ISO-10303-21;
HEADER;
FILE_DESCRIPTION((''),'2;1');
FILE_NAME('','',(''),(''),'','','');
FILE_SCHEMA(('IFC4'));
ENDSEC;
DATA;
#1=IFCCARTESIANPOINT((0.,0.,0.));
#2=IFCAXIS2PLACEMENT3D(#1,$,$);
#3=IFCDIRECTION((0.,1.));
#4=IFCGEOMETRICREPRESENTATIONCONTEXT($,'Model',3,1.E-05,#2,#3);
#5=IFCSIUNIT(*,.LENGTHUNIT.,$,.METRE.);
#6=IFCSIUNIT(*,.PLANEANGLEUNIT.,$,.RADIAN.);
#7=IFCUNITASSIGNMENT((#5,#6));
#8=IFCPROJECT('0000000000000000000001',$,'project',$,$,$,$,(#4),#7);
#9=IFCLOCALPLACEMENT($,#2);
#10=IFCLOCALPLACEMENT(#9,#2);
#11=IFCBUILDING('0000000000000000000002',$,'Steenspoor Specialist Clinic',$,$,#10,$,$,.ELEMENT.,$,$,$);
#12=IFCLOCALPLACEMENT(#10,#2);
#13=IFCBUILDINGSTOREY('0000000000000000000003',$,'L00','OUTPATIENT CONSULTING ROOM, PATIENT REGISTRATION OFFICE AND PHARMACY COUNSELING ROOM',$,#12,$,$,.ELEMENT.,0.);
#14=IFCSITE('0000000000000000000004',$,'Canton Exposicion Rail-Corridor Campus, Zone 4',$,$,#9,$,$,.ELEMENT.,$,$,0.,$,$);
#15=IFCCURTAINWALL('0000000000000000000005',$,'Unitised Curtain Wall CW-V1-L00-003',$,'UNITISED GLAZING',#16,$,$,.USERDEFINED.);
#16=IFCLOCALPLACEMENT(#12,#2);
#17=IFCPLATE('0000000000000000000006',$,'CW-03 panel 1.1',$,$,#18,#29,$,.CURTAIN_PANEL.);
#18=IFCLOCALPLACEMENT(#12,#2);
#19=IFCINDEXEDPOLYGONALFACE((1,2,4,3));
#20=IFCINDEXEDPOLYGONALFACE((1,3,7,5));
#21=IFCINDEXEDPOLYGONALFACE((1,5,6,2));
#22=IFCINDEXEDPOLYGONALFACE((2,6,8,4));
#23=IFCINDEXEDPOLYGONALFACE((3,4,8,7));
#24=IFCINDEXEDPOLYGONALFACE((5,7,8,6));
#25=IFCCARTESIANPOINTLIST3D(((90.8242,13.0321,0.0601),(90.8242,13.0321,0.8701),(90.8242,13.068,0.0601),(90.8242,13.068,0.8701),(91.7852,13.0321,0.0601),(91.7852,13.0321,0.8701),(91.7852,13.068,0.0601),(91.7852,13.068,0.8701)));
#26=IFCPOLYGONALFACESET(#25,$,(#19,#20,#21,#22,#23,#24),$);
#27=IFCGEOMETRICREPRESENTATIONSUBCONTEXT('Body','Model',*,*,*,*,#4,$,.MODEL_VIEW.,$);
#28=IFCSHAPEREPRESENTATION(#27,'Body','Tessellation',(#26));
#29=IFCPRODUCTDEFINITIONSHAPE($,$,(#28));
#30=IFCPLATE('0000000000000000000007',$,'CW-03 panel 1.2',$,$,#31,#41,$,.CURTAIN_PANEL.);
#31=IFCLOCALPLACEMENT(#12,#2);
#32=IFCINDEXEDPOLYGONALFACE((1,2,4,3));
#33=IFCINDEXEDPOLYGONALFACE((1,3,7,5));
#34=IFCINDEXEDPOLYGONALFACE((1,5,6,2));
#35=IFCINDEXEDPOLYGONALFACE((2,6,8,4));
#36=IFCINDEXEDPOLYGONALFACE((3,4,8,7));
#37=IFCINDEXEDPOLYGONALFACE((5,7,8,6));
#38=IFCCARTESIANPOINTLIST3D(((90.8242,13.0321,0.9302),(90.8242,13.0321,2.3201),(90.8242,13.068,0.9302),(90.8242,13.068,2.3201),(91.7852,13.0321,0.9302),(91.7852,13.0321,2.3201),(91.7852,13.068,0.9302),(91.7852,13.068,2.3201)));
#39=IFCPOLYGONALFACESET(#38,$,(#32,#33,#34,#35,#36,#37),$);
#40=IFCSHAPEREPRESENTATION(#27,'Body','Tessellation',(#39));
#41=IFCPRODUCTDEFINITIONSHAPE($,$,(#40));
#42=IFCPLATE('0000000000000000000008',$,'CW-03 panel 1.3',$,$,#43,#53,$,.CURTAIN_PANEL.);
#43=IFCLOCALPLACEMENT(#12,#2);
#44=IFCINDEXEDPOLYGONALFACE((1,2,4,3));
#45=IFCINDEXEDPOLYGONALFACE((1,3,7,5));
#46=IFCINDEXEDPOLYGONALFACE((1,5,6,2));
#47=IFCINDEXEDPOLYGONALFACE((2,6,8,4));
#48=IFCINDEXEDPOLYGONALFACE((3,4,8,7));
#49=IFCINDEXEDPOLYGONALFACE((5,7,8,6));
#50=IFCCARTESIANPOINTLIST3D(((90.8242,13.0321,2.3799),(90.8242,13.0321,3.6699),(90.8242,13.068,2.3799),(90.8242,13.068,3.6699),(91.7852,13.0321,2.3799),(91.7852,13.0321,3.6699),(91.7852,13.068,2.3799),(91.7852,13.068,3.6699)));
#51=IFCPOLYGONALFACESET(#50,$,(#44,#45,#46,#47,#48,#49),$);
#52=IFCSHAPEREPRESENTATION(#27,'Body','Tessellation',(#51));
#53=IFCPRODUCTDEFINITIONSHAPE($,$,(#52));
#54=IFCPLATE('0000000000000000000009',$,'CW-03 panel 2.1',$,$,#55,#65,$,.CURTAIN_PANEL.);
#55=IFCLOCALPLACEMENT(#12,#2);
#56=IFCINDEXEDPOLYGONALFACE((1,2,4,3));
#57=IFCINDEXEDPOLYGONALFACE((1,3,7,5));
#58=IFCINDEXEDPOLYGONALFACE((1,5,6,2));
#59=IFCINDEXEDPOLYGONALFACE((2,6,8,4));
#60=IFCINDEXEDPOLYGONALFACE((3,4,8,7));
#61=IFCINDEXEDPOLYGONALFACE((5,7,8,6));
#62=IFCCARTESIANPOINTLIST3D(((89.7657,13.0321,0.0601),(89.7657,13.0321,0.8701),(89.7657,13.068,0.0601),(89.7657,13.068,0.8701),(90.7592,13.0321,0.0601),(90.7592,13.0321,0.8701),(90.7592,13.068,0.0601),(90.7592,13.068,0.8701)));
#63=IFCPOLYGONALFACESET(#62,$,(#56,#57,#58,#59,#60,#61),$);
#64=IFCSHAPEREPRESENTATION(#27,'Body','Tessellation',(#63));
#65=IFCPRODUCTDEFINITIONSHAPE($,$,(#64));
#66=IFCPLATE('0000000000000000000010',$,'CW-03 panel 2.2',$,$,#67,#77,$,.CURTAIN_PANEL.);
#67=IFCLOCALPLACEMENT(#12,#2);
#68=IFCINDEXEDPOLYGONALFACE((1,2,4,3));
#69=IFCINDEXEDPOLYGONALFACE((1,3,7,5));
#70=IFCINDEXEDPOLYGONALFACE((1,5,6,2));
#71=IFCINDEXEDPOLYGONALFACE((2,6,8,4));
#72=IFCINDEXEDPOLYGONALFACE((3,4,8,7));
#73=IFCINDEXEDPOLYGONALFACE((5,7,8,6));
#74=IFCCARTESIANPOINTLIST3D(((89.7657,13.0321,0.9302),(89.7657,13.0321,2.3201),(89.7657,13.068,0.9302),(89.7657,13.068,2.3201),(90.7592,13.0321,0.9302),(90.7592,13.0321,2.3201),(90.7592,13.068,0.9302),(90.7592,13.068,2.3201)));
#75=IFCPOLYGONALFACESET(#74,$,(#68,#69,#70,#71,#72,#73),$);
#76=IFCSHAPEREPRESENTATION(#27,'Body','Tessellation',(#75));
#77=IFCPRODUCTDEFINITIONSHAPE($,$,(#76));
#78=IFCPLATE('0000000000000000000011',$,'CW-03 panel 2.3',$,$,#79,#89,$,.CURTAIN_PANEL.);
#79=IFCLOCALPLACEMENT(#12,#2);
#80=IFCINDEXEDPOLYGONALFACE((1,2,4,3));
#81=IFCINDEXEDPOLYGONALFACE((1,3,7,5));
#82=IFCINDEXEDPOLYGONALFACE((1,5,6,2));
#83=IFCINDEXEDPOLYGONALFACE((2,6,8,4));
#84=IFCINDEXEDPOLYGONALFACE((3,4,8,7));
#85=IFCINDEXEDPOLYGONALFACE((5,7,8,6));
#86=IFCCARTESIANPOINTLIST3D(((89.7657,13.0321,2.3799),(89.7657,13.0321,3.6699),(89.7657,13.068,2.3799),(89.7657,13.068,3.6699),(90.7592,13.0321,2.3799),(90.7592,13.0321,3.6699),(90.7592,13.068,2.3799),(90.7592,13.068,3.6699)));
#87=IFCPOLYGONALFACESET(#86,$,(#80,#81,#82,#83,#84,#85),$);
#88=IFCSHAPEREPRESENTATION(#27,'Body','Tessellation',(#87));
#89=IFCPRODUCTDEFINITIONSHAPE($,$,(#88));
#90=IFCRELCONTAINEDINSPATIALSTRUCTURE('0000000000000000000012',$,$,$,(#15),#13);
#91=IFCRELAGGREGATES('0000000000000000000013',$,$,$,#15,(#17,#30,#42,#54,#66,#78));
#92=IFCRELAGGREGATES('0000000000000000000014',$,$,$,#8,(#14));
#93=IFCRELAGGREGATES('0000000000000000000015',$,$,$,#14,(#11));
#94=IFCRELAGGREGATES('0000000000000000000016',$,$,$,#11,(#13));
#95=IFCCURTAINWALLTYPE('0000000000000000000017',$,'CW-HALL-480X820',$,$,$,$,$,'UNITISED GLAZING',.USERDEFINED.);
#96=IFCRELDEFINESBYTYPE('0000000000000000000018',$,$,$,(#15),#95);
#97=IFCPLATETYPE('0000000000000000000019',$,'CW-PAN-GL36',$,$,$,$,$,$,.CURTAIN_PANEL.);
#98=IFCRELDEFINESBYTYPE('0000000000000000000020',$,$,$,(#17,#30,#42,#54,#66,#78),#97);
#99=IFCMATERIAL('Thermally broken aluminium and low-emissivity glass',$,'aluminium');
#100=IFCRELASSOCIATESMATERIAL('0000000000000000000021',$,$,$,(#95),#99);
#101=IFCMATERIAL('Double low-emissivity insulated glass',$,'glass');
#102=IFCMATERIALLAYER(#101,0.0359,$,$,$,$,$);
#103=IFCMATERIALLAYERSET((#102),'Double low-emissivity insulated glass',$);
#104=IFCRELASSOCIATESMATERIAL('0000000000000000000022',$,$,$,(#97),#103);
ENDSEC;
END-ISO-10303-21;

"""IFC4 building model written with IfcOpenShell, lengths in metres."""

from ifc_helpers import new_model, si_unit, direction, frame, origin, origin_2d, place, context, subcontext, project, spatial, rectangle, extrude, material, layer, layer_set, type_object, element, aggregate, save


model = new_model("IFC4")

# Units and contexts
model_context = context("Model", 3, precision=1e-05, world=origin(), true_north=direction((0.0, 1.0)))
body_context = subcontext(model_context, "Body", "Model", "MODEL_VIEW")
ifc_project = project(units=[si_unit("LENGTHUNIT", "METRE"), si_unit("PLANEANGLEUNIT", "RADIAN")], contexts=[model_context])

# Site, building, storey
site_placement = place(None, origin())
site = spatial("IfcSite", under=ifc_project, at=site_placement, Name="Canton Exposicion Rail-Corridor Campus, Zone 4", CompositionType="ELEMENT", RefElevation=0.0)
building_placement = place(site_placement, origin())
building = spatial("IfcBuilding", under=site, at=building_placement, Name="Steenspoor Specialist Clinic", CompositionType="ELEMENT")
storey_placement = place(building_placement, origin())
storey = spatial("IfcBuildingStorey", under=building, at=storey_placement, Name="L00", Description="OUTPATIENT CONSULTING ROOM, PATIENT REGISTRATION OFFICE AND PHARMACY COUNSELING ROOM", CompositionType="ELEMENT", Elevation=0.0)

# Curtain wall, plates
ifc_material_1 = material(Name="Thermally broken aluminium and low-emissivity glass", Category="aluminium")
curtain_wall_type = type_object("IfcCurtainWallType", Name="CW-HALL-480X820", ElementType="UNITISED GLAZING", PredefinedType="USERDEFINED", material=ifc_material_1)
curtain_wall_placement = place(storey_placement, origin())
curtain_wall = element("IfcCurtainWall", 1, at=curtain_wall_placement, inside=storey, type_object=curtain_wall_type, Name="Unitised Curtain Wall CW-V1-L00-003", ObjectType="UNITISED GLAZING", PredefinedType="USERDEFINED")
ifc_material_2 = material(Name="Double low-emissivity insulated glass", Category="glass")
ifc_layer = layer(ifc_material_2, 0.0359)
ifc_layer_set = layer_set([ifc_layer], Name="Double low-emissivity insulated glass")
plate_type = type_object("IfcPlateType", Name="CW-PAN-GL36", PredefinedType="CURTAIN_PANEL", material=ifc_layer_set)
plate_1_placement = place(storey_placement, frame((91.3047, 13.05, 0.0601), z_axis=(0.0, 0.0, 1.0), x_axis=(-1.0, 0.0, 0.0)))
plate_1 = element("IfcPlate", 2, at=plate_1_placement, type_object=plate_type, Name="CW-03 panel 1.1", PredefinedType="CURTAIN_PANEL", context=body_context, shape_type="SweptSolid", body=[
    extrude(rectangle(XDim=0.9609, YDim=0.0359, at=origin_2d()), origin(), (0.0, 0.0, 1.0), 0.8101),
])
plate_2_placement = place(storey_placement, frame((91.3047, 13.05, 0.9302), z_axis=(0.0, 0.0, 1.0), x_axis=(-1.0, 0.0, 0.0)))
plate_2 = element("IfcPlate", 3, at=plate_2_placement, type_object=plate_type, Name="CW-03 panel 1.2", PredefinedType="CURTAIN_PANEL", context=body_context, shape_type="SweptSolid", body=[
    extrude(rectangle(XDim=0.9609, YDim=0.0359, at=origin_2d()), origin(), (0.0, 0.0, 1.0), 1.3899),
])
plate_3_placement = place(storey_placement, frame((91.3047, 13.05, 2.3799), z_axis=(0.0, 0.0, 1.0), x_axis=(-1.0, 0.0, 0.0)))
plate_3 = element("IfcPlate", 4, at=plate_3_placement, type_object=plate_type, Name="CW-03 panel 1.3", PredefinedType="CURTAIN_PANEL", context=body_context, shape_type="SweptSolid", body=[
    extrude(rectangle(XDim=0.9609, YDim=0.0359, at=origin_2d()), origin(), (0.0, 0.0, 1.0), 1.29),
])
plate_4_placement = place(storey_placement, frame((90.2625, 13.05, 0.0601), z_axis=(0.0, 0.0, 1.0), x_axis=(-1.0, 0.0, 0.0)))
plate_4 = element("IfcPlate", 5, at=plate_4_placement, type_object=plate_type, Name="CW-03 panel 2.1", PredefinedType="CURTAIN_PANEL", context=body_context, shape_type="SweptSolid", body=[
    extrude(rectangle(XDim=0.9934, YDim=0.0359, at=origin_2d()), origin(), (0.0, 0.0, 1.0), 0.8101),
])
plate_5_placement = place(storey_placement, frame((90.2625, 13.05, 0.9302), z_axis=(0.0, 0.0, 1.0), x_axis=(-1.0, 0.0, 0.0)))
plate_5 = element("IfcPlate", 6, at=plate_5_placement, type_object=plate_type, Name="CW-03 panel 2.2", PredefinedType="CURTAIN_PANEL", context=body_context, shape_type="SweptSolid", body=[
    extrude(rectangle(XDim=0.9934, YDim=0.0359, at=origin_2d()), origin(), (0.0, 0.0, 1.0), 1.3899),
])
plate_6_placement = place(storey_placement, frame((90.2625, 13.05, 2.3799), z_axis=(0.0, 0.0, 1.0), x_axis=(-1.0, 0.0, 0.0)))
plate_6 = element("IfcPlate", 7, at=plate_6_placement, type_object=plate_type, Name="CW-03 panel 2.3", PredefinedType="CURTAIN_PANEL", context=body_context, shape_type="SweptSolid", body=[
    extrude(rectangle(XDim=0.9934, YDim=0.0359, at=origin_2d()), origin(), (0.0, 0.0, 1.0), 1.29),
])
aggregate(curtain_wall, [plate_1, plate_2, plate_3, plate_4, plate_5, plate_6])

save(model, "model.ifc")
